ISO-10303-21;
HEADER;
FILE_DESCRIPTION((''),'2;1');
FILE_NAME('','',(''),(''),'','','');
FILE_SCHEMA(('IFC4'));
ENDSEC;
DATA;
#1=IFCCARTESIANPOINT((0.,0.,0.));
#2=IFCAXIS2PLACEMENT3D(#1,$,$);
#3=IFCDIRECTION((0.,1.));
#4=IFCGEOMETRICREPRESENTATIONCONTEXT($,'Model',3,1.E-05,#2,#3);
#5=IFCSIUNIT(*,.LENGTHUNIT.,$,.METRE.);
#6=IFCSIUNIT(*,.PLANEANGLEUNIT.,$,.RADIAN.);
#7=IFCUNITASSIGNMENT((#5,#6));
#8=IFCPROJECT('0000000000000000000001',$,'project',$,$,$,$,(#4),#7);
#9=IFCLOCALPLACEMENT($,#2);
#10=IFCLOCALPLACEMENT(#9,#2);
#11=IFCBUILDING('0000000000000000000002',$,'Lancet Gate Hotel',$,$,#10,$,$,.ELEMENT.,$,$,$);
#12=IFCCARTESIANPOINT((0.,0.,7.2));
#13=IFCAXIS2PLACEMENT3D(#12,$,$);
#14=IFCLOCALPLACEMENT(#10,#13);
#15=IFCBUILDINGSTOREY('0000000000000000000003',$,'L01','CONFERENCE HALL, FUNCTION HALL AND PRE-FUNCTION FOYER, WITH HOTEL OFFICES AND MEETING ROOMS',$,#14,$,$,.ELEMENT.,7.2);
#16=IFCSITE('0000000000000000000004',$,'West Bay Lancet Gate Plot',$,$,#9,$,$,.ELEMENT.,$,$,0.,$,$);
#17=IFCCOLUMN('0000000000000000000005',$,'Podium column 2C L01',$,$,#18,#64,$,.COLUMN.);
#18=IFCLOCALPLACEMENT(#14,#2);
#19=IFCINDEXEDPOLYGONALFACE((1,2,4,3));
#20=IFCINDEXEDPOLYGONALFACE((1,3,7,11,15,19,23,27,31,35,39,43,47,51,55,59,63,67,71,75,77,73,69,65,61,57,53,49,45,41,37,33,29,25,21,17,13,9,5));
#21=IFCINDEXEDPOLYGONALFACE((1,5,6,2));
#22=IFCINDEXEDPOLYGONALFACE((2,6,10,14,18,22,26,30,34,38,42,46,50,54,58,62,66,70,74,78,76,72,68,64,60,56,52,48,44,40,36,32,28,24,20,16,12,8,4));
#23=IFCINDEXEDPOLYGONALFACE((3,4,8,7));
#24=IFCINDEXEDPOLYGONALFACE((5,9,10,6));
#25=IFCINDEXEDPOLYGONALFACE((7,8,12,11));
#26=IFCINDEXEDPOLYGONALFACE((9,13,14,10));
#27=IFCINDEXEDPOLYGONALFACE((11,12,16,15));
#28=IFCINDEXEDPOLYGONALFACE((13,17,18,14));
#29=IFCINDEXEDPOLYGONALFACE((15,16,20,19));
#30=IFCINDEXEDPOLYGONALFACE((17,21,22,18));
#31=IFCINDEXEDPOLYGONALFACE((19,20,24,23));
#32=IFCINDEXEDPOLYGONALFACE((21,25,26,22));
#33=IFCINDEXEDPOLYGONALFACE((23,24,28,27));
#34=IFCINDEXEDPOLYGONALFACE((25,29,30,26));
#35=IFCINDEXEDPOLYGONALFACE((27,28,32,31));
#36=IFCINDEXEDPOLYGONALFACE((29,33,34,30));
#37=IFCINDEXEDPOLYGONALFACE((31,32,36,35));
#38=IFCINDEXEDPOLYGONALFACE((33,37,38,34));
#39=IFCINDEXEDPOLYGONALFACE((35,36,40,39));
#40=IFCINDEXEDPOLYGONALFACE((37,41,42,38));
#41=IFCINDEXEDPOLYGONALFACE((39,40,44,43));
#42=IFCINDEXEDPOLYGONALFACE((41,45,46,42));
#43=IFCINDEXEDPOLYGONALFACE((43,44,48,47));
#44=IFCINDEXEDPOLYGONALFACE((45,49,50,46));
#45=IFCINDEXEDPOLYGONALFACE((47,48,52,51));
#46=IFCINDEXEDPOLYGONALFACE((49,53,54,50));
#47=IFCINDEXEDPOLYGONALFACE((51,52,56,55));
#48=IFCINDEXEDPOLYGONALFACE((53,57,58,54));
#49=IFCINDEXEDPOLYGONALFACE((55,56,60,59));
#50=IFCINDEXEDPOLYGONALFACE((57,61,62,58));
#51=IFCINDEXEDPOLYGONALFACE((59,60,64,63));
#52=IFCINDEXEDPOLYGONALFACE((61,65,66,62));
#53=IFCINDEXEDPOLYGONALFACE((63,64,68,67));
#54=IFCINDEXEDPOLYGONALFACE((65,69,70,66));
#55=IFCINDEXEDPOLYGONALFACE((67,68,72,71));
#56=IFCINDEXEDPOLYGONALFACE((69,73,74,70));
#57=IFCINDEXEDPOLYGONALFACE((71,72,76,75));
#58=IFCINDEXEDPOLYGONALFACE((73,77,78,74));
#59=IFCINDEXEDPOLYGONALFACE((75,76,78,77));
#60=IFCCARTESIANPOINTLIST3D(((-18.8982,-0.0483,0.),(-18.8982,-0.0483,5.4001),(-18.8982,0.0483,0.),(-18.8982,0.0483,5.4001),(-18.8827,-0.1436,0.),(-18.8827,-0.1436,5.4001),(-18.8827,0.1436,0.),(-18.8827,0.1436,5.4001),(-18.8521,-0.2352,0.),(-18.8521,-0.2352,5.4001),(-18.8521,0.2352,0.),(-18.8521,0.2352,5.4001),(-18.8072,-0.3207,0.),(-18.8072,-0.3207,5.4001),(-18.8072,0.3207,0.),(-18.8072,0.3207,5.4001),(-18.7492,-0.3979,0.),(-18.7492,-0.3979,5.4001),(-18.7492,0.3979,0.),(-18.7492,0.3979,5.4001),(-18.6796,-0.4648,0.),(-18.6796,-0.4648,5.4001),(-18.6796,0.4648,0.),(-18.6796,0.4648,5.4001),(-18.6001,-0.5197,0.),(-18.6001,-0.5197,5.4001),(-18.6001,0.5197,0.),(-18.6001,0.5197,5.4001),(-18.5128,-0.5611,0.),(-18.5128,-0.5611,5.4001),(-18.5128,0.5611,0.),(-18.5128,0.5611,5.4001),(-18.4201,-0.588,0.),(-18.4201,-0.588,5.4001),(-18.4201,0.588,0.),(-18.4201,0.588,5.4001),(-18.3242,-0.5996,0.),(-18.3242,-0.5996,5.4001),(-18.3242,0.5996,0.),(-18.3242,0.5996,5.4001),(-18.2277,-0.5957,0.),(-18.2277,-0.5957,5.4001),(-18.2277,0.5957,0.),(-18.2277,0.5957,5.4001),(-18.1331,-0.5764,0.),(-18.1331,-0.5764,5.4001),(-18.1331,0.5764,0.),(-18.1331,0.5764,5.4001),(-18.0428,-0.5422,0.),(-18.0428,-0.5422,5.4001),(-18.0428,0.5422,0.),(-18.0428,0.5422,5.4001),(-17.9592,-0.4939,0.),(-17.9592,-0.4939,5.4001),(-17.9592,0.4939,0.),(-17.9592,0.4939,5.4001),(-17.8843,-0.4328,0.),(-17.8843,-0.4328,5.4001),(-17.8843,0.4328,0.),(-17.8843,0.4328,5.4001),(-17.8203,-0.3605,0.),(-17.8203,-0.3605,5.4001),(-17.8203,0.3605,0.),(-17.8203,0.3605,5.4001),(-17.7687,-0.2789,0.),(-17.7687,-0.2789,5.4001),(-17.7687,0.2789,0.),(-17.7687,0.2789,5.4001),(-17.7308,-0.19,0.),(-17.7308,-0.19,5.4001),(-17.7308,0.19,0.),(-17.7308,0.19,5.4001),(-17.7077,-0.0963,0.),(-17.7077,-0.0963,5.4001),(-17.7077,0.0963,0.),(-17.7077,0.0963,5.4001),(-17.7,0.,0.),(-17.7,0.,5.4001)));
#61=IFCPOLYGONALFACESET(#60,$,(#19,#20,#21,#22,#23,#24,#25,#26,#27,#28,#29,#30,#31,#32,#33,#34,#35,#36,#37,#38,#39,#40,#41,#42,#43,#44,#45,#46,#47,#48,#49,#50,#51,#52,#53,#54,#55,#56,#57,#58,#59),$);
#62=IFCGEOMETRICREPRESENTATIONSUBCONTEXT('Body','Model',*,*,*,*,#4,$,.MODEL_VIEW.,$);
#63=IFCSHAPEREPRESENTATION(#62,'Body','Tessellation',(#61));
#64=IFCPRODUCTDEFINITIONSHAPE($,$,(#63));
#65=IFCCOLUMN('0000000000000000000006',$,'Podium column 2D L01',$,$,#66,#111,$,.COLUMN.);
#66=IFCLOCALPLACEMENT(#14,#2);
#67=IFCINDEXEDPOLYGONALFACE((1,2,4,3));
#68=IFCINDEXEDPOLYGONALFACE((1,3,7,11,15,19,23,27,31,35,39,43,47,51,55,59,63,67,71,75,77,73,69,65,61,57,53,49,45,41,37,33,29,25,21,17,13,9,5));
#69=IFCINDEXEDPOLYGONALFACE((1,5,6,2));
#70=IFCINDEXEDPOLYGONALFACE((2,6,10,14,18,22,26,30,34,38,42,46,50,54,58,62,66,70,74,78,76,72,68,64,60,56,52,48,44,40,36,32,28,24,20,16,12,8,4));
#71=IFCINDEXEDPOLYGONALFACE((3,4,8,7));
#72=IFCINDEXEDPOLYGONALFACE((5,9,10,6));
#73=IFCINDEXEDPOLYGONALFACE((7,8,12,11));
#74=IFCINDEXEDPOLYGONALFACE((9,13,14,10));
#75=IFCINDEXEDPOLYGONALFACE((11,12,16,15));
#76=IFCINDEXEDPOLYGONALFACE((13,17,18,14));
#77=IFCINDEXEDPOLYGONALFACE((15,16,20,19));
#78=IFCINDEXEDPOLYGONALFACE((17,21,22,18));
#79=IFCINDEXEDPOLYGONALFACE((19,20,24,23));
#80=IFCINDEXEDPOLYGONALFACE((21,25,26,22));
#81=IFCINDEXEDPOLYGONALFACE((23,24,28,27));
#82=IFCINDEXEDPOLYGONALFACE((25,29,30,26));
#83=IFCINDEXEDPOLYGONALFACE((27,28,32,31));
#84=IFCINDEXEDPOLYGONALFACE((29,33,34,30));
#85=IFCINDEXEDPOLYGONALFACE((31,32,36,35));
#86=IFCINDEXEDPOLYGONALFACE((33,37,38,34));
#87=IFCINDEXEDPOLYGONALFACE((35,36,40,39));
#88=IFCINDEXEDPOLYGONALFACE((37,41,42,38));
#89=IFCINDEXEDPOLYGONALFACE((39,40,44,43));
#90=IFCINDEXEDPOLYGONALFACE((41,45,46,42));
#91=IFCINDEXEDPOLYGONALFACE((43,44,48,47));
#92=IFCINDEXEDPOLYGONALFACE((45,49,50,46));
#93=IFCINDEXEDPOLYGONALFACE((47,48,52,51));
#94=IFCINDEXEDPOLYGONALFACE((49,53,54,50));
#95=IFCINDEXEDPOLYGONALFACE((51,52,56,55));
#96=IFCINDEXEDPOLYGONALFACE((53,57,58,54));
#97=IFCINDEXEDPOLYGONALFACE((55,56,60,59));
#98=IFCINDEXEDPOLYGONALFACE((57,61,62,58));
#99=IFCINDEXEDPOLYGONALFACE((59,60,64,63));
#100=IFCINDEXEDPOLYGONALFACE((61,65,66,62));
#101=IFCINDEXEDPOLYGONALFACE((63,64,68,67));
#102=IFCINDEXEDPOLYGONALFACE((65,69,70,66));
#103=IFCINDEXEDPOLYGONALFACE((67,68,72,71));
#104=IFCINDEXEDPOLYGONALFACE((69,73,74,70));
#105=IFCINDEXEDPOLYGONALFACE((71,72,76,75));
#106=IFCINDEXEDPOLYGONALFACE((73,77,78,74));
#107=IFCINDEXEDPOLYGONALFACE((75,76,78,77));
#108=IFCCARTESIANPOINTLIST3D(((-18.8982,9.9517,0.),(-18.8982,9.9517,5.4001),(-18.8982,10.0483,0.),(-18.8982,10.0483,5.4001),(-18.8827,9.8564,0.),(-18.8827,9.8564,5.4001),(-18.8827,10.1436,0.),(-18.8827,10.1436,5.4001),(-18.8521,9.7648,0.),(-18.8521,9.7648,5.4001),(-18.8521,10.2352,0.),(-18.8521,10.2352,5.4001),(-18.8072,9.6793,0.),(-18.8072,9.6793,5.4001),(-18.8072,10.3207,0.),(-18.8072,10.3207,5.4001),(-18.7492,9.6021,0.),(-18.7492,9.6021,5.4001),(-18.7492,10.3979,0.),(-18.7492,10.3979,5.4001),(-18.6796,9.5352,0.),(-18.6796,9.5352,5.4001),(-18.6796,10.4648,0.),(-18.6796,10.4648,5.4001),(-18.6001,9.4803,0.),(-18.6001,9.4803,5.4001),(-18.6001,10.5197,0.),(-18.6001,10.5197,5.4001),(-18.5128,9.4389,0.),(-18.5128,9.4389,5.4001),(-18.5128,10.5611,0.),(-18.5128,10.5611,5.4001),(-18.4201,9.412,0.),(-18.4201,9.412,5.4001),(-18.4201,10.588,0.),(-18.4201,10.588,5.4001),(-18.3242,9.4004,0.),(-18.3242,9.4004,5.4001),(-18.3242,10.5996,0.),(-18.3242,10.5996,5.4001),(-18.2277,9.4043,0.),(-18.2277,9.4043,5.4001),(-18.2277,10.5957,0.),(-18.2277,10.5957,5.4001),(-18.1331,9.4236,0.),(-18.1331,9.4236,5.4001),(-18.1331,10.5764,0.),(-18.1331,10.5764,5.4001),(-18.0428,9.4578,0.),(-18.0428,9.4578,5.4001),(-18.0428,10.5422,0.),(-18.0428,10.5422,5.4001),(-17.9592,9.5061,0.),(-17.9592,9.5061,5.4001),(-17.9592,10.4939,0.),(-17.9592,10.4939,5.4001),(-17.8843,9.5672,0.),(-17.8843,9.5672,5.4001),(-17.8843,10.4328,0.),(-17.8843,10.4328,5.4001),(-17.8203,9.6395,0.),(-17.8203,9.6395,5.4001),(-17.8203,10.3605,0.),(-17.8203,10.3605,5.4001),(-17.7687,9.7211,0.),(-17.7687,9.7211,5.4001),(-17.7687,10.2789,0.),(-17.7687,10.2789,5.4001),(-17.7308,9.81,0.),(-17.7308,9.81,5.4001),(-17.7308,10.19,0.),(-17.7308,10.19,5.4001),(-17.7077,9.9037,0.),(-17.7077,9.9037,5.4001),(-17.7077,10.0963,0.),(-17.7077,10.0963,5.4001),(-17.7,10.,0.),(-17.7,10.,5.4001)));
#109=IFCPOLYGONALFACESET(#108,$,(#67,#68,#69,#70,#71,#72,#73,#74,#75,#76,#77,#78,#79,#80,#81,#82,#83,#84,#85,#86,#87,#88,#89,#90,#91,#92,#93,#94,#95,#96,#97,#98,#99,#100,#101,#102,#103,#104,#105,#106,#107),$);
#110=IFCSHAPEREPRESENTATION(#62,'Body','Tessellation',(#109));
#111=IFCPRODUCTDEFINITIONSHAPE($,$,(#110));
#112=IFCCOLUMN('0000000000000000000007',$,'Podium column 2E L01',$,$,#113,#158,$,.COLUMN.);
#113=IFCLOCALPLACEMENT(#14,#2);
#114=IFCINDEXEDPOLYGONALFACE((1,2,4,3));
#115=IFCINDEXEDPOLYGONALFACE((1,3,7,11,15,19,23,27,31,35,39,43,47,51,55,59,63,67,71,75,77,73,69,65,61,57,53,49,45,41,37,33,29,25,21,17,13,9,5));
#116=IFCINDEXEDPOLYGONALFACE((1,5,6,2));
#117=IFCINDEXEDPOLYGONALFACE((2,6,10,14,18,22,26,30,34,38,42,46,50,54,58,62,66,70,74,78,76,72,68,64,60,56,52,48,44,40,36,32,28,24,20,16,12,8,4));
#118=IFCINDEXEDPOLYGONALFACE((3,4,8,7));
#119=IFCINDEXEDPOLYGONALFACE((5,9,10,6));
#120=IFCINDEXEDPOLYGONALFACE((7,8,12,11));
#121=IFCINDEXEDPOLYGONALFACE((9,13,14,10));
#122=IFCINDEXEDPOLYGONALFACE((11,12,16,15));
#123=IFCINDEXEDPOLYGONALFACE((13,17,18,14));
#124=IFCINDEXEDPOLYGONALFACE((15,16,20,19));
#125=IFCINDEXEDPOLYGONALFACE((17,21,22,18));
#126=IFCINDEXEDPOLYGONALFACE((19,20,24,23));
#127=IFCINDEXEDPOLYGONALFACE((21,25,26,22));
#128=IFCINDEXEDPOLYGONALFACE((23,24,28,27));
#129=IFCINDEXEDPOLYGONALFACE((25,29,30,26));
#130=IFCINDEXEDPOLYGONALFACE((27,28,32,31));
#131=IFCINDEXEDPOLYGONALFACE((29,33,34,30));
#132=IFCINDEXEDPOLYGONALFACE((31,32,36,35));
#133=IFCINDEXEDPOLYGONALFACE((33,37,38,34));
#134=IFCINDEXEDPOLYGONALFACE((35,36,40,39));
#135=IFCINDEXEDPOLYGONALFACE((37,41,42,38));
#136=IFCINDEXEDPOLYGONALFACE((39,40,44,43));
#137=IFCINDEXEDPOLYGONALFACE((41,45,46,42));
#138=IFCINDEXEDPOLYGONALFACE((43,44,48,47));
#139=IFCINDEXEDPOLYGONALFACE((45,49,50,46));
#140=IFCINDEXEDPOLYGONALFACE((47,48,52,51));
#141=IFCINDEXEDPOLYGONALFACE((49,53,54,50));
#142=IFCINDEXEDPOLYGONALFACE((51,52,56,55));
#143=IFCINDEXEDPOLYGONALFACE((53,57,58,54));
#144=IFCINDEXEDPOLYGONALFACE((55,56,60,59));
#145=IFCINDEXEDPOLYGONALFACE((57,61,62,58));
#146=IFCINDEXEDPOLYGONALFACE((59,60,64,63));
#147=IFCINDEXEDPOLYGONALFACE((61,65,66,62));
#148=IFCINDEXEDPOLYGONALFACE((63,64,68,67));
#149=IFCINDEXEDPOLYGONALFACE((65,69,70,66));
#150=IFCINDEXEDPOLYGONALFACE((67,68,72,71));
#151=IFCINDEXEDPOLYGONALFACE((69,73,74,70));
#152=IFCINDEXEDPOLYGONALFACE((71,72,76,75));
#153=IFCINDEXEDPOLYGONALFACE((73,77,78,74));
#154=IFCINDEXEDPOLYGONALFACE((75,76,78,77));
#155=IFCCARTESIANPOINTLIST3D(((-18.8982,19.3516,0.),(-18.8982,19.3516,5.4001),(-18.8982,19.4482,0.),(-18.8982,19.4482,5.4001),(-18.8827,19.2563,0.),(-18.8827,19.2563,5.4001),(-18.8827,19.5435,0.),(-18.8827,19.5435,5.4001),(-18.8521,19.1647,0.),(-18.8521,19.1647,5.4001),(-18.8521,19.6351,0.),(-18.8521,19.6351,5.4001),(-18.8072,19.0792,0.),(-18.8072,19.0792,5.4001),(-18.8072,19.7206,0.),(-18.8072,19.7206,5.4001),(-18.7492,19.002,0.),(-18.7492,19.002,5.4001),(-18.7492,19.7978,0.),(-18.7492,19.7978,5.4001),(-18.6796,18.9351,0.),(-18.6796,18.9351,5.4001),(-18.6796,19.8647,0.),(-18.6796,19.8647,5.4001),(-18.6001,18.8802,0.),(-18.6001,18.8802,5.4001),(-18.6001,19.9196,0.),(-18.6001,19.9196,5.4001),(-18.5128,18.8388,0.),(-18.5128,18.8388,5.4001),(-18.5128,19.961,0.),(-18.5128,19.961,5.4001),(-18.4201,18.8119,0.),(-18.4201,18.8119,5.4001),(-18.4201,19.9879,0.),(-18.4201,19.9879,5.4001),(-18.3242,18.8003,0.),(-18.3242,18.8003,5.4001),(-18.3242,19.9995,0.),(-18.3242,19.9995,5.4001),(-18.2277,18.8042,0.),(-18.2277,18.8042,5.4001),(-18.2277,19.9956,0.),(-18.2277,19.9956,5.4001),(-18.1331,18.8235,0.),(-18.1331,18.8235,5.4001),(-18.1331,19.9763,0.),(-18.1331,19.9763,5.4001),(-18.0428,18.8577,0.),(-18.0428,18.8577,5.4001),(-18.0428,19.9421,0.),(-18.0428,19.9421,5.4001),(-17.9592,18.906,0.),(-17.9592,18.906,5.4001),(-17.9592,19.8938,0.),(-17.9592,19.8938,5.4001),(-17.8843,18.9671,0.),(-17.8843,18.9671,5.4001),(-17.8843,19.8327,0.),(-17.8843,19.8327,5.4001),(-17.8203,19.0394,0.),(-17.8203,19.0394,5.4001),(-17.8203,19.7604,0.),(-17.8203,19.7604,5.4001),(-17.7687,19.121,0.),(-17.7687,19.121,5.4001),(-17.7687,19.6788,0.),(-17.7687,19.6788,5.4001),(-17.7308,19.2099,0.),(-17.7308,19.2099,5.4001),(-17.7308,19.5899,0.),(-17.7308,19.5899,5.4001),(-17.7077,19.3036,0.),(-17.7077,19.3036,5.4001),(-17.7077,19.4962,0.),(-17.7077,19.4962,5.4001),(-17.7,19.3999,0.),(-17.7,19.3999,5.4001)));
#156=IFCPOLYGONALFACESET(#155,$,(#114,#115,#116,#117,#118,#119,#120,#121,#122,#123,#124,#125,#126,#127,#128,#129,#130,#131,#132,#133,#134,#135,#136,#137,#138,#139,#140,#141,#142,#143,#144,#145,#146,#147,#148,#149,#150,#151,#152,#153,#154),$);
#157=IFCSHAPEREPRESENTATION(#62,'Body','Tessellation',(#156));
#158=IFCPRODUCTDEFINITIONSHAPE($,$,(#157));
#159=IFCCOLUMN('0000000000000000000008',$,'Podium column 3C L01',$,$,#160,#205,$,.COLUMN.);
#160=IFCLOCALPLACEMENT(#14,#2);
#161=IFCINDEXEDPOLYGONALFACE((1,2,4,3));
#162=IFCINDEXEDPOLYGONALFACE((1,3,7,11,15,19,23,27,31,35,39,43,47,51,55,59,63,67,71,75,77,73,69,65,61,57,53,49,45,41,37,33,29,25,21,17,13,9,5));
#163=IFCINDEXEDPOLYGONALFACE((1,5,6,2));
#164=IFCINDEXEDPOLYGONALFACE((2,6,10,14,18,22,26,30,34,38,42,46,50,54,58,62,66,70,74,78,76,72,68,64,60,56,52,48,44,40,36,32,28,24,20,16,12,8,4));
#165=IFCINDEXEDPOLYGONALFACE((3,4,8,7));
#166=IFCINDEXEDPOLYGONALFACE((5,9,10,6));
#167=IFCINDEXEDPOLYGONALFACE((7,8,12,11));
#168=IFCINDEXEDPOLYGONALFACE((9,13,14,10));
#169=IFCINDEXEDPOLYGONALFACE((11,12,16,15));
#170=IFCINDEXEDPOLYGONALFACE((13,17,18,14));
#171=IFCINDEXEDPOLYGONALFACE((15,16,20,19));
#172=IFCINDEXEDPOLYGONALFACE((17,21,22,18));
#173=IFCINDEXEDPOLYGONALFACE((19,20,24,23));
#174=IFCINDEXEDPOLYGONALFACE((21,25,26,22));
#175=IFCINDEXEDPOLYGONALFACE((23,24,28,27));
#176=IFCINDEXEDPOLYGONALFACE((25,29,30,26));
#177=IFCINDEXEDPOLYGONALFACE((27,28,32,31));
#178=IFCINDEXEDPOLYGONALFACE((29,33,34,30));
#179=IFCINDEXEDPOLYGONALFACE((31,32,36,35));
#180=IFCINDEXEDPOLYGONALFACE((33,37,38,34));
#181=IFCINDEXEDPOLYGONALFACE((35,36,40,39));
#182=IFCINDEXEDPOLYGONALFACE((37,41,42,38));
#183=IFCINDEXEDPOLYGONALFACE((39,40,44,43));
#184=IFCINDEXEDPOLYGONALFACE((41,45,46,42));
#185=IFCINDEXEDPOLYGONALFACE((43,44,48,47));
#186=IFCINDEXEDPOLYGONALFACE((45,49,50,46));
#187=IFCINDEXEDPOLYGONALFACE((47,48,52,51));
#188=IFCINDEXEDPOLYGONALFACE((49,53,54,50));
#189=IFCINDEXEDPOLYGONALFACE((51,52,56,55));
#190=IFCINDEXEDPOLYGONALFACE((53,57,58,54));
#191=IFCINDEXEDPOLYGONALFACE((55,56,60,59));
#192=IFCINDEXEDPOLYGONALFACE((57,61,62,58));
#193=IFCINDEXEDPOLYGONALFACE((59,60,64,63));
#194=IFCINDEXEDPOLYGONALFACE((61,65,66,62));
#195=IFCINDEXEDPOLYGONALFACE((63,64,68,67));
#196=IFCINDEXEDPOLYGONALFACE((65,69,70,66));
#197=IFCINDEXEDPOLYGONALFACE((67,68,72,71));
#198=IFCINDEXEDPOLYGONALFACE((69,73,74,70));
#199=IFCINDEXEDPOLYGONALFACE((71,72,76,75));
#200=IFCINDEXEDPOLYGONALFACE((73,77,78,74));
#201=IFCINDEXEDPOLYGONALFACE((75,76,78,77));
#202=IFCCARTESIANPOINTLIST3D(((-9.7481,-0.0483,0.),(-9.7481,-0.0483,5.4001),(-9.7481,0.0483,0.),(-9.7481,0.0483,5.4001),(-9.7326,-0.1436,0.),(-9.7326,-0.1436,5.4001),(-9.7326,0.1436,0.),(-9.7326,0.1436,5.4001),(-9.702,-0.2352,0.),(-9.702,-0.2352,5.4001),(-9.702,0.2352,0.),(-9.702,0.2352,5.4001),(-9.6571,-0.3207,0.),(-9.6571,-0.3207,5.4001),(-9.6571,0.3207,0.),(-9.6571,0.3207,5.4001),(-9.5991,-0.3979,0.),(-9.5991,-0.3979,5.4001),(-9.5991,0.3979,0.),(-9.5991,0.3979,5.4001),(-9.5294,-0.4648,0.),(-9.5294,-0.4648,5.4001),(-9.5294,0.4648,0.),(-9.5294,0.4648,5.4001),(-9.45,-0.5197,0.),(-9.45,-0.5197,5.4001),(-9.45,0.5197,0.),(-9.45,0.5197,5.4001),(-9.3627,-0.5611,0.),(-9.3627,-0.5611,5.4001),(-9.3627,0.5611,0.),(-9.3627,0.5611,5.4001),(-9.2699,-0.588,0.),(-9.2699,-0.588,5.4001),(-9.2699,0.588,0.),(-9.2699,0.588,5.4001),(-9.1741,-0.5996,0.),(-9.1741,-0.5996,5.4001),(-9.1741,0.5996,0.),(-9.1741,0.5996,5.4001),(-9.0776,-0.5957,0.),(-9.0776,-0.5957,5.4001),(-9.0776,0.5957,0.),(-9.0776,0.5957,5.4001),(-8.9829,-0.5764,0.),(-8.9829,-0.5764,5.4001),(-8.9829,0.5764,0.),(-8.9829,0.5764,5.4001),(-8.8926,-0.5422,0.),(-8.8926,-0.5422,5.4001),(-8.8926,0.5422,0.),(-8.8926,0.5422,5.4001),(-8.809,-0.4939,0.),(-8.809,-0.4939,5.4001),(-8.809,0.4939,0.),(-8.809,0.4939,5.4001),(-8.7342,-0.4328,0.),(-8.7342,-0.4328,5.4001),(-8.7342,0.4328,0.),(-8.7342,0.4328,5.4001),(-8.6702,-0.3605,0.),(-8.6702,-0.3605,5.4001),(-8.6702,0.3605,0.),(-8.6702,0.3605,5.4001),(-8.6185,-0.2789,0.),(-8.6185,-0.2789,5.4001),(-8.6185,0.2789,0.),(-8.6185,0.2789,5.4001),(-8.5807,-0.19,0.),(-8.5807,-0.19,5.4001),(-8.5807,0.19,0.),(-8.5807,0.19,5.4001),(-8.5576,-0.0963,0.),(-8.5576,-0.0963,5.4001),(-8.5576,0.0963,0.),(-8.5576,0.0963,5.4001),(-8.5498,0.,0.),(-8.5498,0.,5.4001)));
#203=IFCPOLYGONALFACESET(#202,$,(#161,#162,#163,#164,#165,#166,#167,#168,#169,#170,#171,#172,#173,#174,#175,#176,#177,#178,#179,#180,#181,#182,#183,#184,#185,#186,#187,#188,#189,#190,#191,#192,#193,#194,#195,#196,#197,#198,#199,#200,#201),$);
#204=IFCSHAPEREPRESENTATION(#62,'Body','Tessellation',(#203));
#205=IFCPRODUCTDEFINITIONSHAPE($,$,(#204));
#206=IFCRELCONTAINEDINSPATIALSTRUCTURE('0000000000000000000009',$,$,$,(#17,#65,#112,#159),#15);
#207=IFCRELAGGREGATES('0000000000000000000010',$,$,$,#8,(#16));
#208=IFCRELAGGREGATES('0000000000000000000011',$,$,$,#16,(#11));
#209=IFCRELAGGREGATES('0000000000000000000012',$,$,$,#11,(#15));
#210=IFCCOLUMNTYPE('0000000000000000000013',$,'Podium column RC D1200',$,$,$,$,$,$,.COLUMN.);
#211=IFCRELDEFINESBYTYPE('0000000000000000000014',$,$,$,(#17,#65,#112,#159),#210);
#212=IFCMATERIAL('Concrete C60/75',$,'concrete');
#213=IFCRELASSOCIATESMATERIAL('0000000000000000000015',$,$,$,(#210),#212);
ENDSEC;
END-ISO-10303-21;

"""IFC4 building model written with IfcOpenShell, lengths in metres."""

from ifc_helpers import new_model, si_unit, direction, frame, origin, origin_2d, place, context, subcontext, project, spatial, circle, extrude, material, material_profile, profile_set, type_object, element, save


model = new_model("IFC4")

# Units and contexts
model_context = context("Model", 3, precision=1e-05, world=origin(), true_north=direction((0.0, 1.0)))
body_context = subcontext(model_context, "Body", "Model", "MODEL_VIEW")
ifc_project = project(units=[si_unit("LENGTHUNIT", "METRE"), si_unit("PLANEANGLEUNIT", "RADIAN")], contexts=[model_context])

# Site, building, storey
site_placement = place(None, origin())
site = spatial("IfcSite", under=ifc_project, at=site_placement, Name="West Bay Lancet Gate Plot", CompositionType="ELEMENT", RefElevation=0.0)
building_placement = place(site_placement, origin())
building = spatial("IfcBuilding", under=site, at=building_placement, Name="Lancet Gate Hotel", CompositionType="ELEMENT")
storey_placement = place(building_placement, frame((0.0, 0.0, 7.2)))
storey = spatial("IfcBuildingStorey", under=building, at=storey_placement, Name="L01", Description="CONFERENCE HALL, FUNCTION HALL AND PRE-FUNCTION FOYER, WITH HOTEL OFFICES AND MEETING ROOMS", CompositionType="ELEMENT", Elevation=7.2)

# Columns
ifc_material_1 = material(Name="Concrete C60/75", Category="concrete")
ifc_material_profile_1 = material_profile(ifc_material_1, circle(Radius=0.6001, at=origin_2d()), Name="RC D1200")
ifc_profile_set_1 = profile_set([ifc_material_profile_1], Name="Concrete C60/75")
column_type = type_object("IfcColumnType", Name="Podium column RC D1200", PredefinedType="COLUMN", material=ifc_profile_set_1)
for number, where, z_axis, x_axis, name in (
    (1, (-18.3, 0.0, 0.0), (0.0, 0.0, 1.0), (1.0, 0.0, 0.0), "Podium column 2C L01"),
    (2, (-18.3, 10.0, 0.0), (0.0, 0.0, 1.0), (1.0, 0.0, 0.0), "Podium column 2D L01"),
    (3, (-18.3, 19.3999, 0.0), (0.0, 0.0, 1.0), (1.0, 0.0, 0.0), "Podium column 2E L01"),
    (4, (-9.1499, 0.0, 0.0), (0.0, 0.0, 1.0), (1.0, 0.0, 0.0), "Podium column 3C L01"),
):
    element("IfcColumn", number, at=place(storey_placement, frame(where, z_axis=z_axis, x_axis=x_axis)), inside=storey, type_object=column_type, Name=name, PredefinedType="COLUMN", context=body_context, shape_type="SweptSolid", body=[
        extrude(circle(Radius=0.6001, at=origin_2d()), origin(), (0.0, 0.0, 1.0), 5.4001),
    ])

save(model, "model.ifc")
